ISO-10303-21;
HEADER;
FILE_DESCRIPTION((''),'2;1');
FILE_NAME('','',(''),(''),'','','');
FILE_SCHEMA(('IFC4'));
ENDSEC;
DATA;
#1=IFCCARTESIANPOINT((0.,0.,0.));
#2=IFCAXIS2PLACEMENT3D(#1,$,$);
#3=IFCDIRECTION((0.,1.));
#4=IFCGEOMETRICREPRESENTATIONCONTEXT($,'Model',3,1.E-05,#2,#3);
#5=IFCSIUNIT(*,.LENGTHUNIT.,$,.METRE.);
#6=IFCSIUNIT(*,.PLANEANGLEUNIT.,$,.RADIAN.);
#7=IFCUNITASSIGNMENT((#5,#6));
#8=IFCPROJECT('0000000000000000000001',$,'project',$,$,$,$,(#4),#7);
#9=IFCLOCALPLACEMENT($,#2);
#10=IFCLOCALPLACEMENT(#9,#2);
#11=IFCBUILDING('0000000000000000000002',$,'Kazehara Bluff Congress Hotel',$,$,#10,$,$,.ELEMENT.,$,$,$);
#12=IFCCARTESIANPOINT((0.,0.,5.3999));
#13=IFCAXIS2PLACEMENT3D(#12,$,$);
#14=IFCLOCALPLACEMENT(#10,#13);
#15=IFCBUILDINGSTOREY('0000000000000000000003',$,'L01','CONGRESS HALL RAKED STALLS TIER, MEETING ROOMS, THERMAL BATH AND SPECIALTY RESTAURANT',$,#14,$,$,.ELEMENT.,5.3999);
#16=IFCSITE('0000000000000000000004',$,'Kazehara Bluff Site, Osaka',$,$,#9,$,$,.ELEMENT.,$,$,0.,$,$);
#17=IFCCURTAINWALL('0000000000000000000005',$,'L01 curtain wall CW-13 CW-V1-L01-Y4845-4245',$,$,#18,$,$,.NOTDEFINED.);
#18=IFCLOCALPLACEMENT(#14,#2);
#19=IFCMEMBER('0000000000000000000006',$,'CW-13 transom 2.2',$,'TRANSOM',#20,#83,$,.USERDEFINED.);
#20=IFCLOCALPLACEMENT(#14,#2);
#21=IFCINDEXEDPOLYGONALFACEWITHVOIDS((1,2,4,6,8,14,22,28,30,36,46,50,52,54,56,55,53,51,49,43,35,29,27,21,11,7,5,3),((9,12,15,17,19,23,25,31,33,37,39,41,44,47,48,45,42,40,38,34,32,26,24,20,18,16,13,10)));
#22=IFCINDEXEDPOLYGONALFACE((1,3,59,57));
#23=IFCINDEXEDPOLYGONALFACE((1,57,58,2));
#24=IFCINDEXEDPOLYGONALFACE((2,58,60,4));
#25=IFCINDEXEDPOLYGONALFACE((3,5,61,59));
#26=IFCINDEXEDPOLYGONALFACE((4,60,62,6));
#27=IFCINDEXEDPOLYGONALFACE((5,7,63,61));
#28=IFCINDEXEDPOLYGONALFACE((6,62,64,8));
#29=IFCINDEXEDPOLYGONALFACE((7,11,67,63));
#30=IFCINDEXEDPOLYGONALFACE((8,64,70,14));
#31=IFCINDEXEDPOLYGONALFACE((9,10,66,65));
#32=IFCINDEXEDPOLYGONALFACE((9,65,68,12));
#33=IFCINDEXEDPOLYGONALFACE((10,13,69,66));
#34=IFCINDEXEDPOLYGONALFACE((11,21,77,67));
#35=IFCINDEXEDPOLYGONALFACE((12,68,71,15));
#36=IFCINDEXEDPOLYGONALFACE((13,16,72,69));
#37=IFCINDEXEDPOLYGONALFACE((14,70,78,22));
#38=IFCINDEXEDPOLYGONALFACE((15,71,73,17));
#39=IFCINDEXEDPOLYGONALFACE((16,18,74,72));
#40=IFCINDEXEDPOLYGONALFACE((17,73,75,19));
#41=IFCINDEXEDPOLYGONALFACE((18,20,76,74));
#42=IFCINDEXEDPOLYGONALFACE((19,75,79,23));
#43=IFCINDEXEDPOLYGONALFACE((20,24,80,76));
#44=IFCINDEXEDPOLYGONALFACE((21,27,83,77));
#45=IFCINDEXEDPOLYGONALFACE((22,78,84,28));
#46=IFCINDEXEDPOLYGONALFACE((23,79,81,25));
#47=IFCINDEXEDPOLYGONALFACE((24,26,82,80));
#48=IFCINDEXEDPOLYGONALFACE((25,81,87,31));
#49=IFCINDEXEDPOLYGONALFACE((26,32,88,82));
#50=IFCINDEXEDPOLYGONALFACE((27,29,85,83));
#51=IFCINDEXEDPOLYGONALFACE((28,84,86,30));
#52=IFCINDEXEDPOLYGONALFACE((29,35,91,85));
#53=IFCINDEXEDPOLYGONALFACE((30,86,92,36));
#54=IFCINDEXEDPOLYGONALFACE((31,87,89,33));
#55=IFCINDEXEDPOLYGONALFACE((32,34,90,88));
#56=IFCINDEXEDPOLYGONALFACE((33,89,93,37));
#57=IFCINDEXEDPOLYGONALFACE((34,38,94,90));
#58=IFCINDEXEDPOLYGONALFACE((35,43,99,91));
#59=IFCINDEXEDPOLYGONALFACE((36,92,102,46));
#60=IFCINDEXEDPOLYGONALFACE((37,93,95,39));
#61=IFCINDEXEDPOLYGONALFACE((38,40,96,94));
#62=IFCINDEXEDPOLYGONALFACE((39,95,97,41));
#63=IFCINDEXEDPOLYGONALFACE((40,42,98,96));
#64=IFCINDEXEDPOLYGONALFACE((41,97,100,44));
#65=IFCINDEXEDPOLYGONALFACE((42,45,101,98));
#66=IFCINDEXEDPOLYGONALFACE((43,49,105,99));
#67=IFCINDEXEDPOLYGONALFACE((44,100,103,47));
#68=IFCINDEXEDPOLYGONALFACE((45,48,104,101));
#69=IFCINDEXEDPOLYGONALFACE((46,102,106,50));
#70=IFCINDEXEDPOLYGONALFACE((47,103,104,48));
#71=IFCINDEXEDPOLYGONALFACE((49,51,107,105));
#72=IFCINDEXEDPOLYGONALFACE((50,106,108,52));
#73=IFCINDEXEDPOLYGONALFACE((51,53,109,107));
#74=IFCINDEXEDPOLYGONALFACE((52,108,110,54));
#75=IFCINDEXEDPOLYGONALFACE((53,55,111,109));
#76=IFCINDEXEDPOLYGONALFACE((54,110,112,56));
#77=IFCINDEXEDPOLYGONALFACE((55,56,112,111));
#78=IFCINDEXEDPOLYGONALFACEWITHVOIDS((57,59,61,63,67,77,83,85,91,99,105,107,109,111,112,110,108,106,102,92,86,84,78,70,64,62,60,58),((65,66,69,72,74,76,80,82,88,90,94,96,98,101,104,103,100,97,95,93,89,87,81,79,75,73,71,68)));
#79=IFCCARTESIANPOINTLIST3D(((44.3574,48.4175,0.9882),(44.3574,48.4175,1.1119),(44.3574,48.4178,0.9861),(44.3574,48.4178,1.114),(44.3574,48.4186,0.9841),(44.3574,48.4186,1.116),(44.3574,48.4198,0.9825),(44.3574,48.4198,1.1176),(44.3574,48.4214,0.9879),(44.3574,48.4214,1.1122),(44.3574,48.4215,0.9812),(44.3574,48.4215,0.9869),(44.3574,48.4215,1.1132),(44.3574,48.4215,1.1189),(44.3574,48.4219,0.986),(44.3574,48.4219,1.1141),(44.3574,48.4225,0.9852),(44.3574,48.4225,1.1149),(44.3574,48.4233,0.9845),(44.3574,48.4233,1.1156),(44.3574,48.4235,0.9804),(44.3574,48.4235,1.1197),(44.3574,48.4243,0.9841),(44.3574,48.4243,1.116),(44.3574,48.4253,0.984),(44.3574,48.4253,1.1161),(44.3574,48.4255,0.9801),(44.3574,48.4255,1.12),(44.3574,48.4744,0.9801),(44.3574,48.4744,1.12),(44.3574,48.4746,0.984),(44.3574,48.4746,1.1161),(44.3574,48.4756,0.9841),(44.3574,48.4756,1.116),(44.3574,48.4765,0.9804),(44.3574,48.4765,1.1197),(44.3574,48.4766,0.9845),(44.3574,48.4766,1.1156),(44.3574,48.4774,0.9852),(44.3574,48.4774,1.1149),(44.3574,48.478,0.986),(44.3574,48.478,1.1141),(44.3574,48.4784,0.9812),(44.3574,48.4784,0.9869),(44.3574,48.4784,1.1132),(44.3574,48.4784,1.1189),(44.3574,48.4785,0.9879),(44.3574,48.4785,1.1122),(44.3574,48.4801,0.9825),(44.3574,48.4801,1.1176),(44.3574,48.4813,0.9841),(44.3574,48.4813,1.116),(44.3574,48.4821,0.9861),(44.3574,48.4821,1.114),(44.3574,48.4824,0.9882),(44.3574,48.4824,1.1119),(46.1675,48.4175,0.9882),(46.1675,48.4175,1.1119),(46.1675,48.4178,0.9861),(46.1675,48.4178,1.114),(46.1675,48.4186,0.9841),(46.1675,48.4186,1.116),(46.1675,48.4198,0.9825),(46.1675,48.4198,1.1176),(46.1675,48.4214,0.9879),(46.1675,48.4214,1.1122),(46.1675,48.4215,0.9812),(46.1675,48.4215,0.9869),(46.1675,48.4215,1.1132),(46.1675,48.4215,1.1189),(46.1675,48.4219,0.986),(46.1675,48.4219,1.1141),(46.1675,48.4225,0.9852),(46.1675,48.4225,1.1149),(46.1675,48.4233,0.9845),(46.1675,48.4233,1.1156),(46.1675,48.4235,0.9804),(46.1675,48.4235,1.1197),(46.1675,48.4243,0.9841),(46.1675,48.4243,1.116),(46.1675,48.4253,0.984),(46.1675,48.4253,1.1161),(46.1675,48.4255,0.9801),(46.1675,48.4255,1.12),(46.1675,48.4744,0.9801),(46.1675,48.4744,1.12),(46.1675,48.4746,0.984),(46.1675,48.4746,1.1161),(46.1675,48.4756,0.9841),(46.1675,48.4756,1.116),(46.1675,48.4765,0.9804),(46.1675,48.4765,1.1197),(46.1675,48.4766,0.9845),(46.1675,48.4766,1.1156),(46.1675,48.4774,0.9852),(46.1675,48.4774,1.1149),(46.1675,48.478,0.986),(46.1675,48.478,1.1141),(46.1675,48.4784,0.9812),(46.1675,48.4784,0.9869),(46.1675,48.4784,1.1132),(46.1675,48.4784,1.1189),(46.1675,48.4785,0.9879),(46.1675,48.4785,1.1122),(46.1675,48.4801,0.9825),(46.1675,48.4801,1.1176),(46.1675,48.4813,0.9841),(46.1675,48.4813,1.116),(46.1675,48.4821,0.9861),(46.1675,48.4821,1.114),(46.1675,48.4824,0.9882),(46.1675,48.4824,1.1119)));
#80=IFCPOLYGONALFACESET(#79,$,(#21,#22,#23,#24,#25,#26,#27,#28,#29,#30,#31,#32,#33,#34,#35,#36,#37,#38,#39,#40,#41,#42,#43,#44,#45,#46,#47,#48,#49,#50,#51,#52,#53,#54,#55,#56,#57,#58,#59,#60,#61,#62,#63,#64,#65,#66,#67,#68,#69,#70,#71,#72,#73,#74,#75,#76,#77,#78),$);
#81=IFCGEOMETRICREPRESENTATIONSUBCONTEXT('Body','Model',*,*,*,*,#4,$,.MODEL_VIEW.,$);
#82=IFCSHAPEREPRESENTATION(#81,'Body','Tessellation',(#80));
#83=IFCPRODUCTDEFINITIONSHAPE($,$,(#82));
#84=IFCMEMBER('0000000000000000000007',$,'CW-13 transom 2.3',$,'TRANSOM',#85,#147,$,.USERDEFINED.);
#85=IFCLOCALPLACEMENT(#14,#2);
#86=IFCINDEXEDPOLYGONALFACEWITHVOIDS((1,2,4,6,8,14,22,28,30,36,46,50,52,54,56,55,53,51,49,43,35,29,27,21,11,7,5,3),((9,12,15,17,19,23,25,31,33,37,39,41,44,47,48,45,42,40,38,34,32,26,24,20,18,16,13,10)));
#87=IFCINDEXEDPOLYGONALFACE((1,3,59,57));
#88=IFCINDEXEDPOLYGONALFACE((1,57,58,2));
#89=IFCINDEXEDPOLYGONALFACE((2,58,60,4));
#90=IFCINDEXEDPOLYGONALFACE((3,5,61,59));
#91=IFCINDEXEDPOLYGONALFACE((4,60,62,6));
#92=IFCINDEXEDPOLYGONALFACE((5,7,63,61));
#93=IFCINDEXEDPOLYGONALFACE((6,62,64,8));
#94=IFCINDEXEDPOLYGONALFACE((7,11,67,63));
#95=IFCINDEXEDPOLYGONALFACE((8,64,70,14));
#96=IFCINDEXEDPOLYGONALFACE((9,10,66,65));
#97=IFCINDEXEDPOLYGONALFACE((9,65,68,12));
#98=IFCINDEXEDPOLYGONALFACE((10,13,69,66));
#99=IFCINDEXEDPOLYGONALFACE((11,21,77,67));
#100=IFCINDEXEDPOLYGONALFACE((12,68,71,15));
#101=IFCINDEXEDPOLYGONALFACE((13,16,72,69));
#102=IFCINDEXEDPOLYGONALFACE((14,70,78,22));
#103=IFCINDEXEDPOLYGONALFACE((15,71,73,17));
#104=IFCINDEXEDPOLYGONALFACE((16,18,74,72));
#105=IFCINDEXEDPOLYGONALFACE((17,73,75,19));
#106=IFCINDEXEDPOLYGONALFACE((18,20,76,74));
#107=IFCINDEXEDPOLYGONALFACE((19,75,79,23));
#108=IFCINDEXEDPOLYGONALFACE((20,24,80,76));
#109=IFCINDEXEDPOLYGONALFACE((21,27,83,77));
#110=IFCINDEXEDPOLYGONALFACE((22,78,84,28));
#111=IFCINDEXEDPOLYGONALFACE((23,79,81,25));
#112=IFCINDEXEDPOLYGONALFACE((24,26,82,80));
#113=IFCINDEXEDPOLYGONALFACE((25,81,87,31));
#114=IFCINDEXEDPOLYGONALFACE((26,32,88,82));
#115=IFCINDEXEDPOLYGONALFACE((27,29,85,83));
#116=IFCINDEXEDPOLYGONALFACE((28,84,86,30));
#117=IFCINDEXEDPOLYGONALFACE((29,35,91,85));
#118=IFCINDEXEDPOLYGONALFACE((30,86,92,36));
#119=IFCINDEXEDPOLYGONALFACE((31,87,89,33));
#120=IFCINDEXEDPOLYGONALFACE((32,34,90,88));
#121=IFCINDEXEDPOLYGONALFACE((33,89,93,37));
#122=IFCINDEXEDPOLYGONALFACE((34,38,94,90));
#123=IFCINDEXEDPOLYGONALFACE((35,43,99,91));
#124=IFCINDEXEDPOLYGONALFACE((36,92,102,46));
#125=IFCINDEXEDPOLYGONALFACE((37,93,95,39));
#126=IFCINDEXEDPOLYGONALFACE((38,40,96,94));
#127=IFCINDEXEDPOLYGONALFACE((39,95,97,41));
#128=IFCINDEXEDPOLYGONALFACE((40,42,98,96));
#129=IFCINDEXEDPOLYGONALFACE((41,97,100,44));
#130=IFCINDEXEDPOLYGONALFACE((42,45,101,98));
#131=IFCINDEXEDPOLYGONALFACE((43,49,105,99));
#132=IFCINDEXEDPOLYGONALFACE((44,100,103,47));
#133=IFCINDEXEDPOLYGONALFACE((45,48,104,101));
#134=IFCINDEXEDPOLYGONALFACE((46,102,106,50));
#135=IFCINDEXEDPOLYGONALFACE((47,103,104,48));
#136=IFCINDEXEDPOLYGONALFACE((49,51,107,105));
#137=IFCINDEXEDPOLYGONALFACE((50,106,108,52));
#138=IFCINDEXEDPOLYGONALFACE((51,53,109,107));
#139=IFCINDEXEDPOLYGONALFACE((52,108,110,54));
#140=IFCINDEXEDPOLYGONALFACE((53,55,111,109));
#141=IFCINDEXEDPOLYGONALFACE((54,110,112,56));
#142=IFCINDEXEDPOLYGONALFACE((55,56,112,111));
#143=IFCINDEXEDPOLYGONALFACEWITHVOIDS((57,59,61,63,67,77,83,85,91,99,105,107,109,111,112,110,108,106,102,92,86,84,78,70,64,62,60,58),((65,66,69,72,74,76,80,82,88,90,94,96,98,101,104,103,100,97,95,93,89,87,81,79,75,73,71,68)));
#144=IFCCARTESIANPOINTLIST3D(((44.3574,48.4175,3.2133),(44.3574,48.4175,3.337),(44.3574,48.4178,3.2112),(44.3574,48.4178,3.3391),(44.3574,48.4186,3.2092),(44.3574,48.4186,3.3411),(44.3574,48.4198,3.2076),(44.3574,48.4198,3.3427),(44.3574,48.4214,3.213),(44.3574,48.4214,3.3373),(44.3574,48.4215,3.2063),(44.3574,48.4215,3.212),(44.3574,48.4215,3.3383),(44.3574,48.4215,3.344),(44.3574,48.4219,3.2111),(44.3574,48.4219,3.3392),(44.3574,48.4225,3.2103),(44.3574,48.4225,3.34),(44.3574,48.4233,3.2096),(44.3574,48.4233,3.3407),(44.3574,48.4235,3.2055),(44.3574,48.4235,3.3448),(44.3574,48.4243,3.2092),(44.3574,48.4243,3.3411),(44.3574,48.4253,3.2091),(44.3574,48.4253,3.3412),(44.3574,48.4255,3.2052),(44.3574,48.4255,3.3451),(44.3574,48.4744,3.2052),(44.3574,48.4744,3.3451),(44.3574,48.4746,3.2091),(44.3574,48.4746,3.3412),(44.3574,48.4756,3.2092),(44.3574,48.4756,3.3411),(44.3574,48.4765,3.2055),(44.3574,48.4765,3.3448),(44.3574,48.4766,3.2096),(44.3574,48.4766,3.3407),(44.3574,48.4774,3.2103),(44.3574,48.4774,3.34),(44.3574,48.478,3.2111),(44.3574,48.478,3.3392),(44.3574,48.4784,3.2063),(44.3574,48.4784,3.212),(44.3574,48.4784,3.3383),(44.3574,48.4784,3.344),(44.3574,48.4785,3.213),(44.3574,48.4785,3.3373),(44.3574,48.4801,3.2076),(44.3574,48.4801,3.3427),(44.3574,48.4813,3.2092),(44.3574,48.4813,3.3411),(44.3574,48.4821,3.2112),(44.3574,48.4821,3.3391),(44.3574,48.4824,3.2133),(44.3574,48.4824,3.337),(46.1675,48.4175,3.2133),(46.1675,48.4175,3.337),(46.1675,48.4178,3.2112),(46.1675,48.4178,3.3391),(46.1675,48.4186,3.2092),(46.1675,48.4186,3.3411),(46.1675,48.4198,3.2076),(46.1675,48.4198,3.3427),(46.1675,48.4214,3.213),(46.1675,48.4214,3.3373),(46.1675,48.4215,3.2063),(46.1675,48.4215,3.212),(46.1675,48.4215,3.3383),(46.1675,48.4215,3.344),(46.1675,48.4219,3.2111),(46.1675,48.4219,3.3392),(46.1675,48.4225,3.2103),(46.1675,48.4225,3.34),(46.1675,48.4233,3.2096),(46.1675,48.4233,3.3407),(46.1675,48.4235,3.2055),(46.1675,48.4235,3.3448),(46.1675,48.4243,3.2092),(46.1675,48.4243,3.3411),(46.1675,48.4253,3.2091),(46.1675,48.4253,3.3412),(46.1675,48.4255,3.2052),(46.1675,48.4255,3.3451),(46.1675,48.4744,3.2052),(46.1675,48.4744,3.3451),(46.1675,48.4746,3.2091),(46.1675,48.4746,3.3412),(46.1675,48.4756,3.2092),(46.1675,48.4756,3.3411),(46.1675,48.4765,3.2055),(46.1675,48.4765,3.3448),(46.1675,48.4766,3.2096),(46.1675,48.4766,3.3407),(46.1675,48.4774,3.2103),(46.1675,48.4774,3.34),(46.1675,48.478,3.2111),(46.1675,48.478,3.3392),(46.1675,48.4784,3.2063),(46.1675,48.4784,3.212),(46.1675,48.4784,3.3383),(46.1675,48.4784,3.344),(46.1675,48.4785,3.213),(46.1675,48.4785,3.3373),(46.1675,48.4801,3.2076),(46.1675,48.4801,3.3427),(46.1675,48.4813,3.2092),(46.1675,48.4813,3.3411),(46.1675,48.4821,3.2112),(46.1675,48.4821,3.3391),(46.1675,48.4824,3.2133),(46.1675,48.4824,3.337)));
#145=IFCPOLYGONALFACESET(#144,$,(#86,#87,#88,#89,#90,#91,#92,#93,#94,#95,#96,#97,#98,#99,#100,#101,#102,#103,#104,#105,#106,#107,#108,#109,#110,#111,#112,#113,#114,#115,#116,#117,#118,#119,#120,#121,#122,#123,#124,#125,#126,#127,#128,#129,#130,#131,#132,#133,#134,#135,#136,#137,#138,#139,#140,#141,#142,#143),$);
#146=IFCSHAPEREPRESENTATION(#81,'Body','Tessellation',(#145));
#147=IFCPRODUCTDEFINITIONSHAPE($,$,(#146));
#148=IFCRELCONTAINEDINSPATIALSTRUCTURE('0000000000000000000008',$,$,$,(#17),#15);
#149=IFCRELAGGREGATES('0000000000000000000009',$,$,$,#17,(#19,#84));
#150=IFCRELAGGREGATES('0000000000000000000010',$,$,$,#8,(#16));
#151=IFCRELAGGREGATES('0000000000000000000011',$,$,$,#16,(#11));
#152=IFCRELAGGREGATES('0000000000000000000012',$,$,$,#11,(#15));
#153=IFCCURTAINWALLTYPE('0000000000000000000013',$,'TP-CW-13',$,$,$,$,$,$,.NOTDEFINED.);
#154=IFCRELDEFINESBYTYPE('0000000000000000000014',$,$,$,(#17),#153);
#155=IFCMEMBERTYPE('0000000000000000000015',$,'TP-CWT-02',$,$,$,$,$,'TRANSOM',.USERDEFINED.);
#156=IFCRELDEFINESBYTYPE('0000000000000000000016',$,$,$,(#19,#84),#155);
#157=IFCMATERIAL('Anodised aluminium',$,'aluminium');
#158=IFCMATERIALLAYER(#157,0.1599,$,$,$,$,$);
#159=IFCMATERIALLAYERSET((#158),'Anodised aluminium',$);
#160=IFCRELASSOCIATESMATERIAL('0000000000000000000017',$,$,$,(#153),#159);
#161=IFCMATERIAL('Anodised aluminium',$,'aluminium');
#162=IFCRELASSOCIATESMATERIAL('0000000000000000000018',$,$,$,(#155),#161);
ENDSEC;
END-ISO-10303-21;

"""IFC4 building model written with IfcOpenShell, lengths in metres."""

from ifc_helpers import new_model, si_unit, direction, frame, origin, origin_2d, place, context, subcontext, project, spatial, hollow_rectangle, extrude, material, layer, layer_set, material_profile, profile_set, type_object, element, aggregate, save


model = new_model("IFC4")

# Units and contexts
model_context = context("Model", 3, precision=1e-05, world=origin(), true_north=direction((0.0, 1.0)))
body_context = subcontext(model_context, "Body", "Model", "MODEL_VIEW")
ifc_project = project(units=[si_unit("LENGTHUNIT", "METRE"), si_unit("PLANEANGLEUNIT", "RADIAN")], contexts=[model_context])

# Site, building, storey
site_placement = place(None, origin())
site = spatial("IfcSite", under=ifc_project, at=site_placement, Name="Kazehara Bluff Site, Osaka", CompositionType="ELEMENT", RefElevation=0.0)
building_placement = place(site_placement, origin())
building = spatial("IfcBuilding", under=site, at=building_placement, Name="Kazehara Bluff Congress Hotel", CompositionType="ELEMENT")
storey_placement = place(building_placement, frame((0.0, 0.0, 5.3999)))
storey = spatial("IfcBuildingStorey", under=building, at=storey_placement, Name="L01", Description="CONGRESS HALL RAKED STALLS TIER, MEETING ROOMS, THERMAL BATH AND SPECIALTY RESTAURANT", CompositionType="ELEMENT", Elevation=5.3999)

# Curtain wall, members
ifc_material_1 = material(Name="Anodised aluminium", Category="aluminium")
ifc_layer_1 = layer(ifc_material_1, 0.1599)
ifc_layer_set_1 = layer_set([ifc_layer_1], Name="Anodised aluminium")
curtain_wall_type = type_object("IfcCurtainWallType", Name="TP-CW-13", PredefinedType="NOTDEFINED", material=ifc_layer_set_1)
curtain_wall_placement = place(storey_placement, origin())
curtain_wall = element("IfcCurtainWall", 1, at=curtain_wall_placement, inside=storey, type_object=curtain_wall_type, Name="L01 curtain wall CW-13 CW-V1-L01-Y4845-4245", PredefinedType="NOTDEFINED")
ifc_material_2 = material(Name="Anodised aluminium", Category="aluminium")
ifc_material_profile_1 = material_profile(ifc_material_2, hollow_rectangle(XDim=0.0649, YDim=0.1399, WallThickness=0.0039, InnerFilletRadius=0.0039, OuterFilletRadius=0.0081, at=origin_2d()))
ifc_profile_set_1 = profile_set([ifc_material_profile_1], Name="Anodised aluminium")
member_type_1 = type_object("IfcMemberType", Name="TP-CWT-02", ElementType="TRANSOM", PredefinedType="USERDEFINED", material=ifc_profile_set_1)
member_1_placement = place(storey_placement, frame((44.3574, 48.45, 1.05), z_axis=(1.0, 0.0, 0.0), x_axis=(0.0, 1.0, 0.0)))
member_1 = element("IfcMember", 2, at=member_1_placement, type_object=member_type_1, Name="CW-13 transom 2.2", ObjectType="TRANSOM", PredefinedType="USERDEFINED", context=body_context, shape_type="SweptSolid", body=[
    extrude(hollow_rectangle(XDim=0.0649, YDim=0.1399, WallThickness=0.0039, InnerFilletRadius=0.0039, OuterFilletRadius=0.0081, at=origin_2d()), origin(), (0.0, 0.0, 1.0), 1.8101),
])
member_2_placement = place(storey_placement, frame((44.3574, 48.45, 3.2751), z_axis=(1.0, 0.0, 0.0), x_axis=(0.0, 1.0, 0.0)))
member_2 = element("IfcMember", 3, at=member_2_placement, type_object=member_type_1, Name="CW-13 transom 2.3", ObjectType="TRANSOM", PredefinedType="USERDEFINED", context=body_context, shape_type="SweptSolid", body=[
    extrude(hollow_rectangle(XDim=0.0649, YDim=0.1399, WallThickness=0.0039, InnerFilletRadius=0.0039, OuterFilletRadius=0.0081, at=origin_2d()), origin(), (0.0, 0.0, 1.0), 1.8101),
])
aggregate(curtain_wall, [member_1, member_2])

save(model, "model.ifc")
